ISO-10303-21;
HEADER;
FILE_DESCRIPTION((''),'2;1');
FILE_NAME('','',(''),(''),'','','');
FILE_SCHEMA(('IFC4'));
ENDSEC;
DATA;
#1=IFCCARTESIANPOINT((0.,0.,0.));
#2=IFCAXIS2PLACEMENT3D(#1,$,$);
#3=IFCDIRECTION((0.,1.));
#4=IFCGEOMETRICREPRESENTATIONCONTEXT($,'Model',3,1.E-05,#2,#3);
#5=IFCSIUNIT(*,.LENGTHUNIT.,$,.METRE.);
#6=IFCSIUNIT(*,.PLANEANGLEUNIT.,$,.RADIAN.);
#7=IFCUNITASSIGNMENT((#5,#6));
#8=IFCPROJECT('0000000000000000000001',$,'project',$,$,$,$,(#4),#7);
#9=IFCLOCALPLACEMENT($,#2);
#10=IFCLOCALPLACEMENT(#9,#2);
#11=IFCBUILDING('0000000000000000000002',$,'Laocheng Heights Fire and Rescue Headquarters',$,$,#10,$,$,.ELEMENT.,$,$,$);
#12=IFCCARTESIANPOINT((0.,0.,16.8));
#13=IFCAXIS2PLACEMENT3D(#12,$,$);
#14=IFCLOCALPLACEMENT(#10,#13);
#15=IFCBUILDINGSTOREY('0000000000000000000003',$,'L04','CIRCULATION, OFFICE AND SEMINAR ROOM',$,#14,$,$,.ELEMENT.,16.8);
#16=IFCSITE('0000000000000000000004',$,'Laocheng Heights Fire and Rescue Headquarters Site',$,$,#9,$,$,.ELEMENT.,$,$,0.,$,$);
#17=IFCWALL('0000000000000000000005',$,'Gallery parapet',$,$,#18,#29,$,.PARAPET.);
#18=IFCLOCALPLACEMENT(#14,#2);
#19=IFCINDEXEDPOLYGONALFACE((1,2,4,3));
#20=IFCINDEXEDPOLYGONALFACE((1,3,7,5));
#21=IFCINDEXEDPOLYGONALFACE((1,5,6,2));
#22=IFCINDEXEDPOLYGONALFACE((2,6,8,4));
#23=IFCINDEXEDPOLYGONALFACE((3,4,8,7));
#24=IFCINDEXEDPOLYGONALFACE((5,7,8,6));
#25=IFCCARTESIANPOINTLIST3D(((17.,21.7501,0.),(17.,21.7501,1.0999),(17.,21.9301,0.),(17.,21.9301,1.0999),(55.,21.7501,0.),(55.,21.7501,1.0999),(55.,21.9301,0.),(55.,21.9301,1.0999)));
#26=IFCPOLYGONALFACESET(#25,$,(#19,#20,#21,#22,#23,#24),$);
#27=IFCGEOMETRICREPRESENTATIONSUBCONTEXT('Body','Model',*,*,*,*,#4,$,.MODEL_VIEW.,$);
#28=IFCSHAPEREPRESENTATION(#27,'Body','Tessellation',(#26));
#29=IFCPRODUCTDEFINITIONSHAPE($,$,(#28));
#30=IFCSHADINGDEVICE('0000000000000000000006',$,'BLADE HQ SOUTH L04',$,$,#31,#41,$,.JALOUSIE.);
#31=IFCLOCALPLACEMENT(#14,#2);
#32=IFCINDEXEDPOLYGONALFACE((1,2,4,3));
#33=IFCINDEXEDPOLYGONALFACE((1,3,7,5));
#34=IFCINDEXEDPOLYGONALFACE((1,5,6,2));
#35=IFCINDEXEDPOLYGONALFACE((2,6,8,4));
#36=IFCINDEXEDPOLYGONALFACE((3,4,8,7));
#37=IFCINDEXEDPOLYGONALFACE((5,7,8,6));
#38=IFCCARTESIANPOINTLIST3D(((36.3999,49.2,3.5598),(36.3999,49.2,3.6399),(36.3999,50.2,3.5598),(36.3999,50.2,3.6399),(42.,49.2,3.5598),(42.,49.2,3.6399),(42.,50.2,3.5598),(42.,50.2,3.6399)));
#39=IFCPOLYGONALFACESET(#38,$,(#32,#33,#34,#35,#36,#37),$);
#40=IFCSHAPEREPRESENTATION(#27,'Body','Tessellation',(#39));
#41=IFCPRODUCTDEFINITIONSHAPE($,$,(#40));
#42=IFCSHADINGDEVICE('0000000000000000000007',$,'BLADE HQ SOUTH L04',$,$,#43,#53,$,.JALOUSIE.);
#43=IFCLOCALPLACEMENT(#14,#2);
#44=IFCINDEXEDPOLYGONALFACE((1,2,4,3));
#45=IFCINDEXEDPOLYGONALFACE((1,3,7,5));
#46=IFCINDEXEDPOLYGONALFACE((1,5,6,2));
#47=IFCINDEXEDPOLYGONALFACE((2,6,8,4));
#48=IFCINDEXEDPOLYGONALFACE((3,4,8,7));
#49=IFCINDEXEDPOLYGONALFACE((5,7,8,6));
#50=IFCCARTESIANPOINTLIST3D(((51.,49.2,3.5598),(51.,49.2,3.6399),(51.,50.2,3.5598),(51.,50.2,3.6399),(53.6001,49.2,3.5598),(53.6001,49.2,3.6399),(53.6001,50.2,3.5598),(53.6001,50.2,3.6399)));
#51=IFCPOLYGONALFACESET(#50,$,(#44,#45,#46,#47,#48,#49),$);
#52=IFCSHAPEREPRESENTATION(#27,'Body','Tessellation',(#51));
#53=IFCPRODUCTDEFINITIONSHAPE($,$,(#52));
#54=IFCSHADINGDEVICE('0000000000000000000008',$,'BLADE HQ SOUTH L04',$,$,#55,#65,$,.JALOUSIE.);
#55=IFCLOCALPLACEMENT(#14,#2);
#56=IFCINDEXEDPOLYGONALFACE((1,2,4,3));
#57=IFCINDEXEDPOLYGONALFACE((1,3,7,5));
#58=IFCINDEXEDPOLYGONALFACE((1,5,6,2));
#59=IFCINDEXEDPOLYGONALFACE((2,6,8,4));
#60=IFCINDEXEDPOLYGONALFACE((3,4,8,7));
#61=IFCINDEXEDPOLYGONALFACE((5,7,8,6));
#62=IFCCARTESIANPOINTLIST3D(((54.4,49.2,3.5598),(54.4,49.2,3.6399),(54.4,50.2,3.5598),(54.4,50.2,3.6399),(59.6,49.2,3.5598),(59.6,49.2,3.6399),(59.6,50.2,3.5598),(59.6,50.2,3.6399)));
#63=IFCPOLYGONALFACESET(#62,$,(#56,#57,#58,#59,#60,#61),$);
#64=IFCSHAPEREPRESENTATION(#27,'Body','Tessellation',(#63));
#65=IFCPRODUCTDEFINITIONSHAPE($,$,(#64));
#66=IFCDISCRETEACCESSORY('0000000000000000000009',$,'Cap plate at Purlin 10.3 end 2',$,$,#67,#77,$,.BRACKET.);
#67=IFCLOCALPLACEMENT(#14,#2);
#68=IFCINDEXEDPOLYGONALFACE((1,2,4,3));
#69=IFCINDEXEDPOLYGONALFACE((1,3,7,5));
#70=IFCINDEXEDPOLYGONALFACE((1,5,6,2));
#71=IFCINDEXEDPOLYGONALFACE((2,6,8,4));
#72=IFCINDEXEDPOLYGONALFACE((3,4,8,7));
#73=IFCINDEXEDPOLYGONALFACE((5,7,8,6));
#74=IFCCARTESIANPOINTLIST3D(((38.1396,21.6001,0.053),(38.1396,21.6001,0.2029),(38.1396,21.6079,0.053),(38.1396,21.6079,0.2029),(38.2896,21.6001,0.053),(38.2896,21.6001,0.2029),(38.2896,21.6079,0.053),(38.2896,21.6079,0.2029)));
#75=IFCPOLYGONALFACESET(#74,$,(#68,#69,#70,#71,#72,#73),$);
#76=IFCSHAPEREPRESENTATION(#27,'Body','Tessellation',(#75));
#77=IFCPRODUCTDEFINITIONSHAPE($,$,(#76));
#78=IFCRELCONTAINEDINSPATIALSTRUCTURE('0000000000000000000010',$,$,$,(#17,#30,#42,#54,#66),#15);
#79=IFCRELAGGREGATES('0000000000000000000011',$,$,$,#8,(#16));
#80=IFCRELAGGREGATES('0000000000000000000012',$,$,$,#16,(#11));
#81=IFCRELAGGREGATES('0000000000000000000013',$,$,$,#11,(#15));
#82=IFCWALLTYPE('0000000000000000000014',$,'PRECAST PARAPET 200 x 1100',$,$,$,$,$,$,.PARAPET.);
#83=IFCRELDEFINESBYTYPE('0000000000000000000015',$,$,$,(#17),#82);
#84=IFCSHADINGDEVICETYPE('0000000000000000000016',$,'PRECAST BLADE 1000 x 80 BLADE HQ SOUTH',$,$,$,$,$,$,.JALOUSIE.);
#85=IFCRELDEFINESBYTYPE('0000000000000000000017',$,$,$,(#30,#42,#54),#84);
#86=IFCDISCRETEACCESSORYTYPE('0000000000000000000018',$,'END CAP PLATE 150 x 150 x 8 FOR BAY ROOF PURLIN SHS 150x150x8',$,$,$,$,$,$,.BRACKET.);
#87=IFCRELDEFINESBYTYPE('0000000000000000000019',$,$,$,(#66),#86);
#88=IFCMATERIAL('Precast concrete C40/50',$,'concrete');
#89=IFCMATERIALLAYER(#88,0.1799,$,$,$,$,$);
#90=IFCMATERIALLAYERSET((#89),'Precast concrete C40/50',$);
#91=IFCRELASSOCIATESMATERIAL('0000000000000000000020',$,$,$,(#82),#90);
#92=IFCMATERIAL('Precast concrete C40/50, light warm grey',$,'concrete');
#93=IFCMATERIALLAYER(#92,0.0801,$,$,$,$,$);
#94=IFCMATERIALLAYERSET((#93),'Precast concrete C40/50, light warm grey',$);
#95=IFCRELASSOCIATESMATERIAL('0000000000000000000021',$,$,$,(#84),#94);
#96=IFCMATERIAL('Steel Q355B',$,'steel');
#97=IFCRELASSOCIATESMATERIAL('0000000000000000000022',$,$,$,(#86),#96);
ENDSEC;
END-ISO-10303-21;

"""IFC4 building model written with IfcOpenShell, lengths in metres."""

from ifc_helpers import new_model, si_unit, direction, frame, frame_2d, origin, origin_2d, place, context, subcontext, project, spatial, rectangle, extrude, material, layer, layer_set, material_profile, profile_set, type_object, element, save


model = new_model("IFC4")

# Units and contexts
model_context = context("Model", 3, precision=1e-05, world=origin(), true_north=direction((0.0, 1.0)))
body_context = subcontext(model_context, "Body", "Model", "MODEL_VIEW")
ifc_project = project(units=[si_unit("LENGTHUNIT", "METRE"), si_unit("PLANEANGLEUNIT", "RADIAN")], contexts=[model_context])

# Site, building, storey
site_placement = place(None, origin())
site = spatial("IfcSite", under=ifc_project, at=site_placement, Name="Laocheng Heights Fire and Rescue Headquarters Site", CompositionType="ELEMENT", RefElevation=0.0)
building_placement = place(site_placement, origin())
building = spatial("IfcBuilding", under=site, at=building_placement, Name="Laocheng Heights Fire and Rescue Headquarters", CompositionType="ELEMENT")
storey_placement = place(building_placement, frame((0.0, 0.0, 16.8)))
storey = spatial("IfcBuildingStorey", under=building, at=storey_placement, Name="L04", Description="CIRCULATION, OFFICE AND SEMINAR ROOM", CompositionType="ELEMENT", Elevation=16.8)

# Wall
ifc_material_1 = material(Name="Precast concrete C40/50", Category="concrete")
ifc_layer_1 = layer(ifc_material_1, 0.1799)
ifc_layer_set_1 = layer_set([ifc_layer_1], Name="Precast concrete C40/50")
wall_type = type_object("IfcWallType", Name="PRECAST PARAPET 200 x 1100", PredefinedType="PARAPET", material=ifc_layer_set_1)
wall_1_placement = place(storey_placement, frame((17.0, 21.8401, 0.0), z_axis=(0.0, 0.0, 1.0), x_axis=(1.0, 0.0, 0.0)))
element("IfcWall", 1, at=wall_1_placement, inside=storey, type_object=wall_type, Name="Gallery parapet", PredefinedType="PARAPET", context=body_context, shape_type="SweptSolid", body=[
    extrude(rectangle(XDim=38.0, YDim=0.1799, at=frame_2d((19.0, 0.0))), origin(), (0.0, 0.0, 1.0), 1.0999),
])

# Shading devices
ifc_material_2 = material(Name="Precast concrete C40/50, light warm grey", Category="concrete")
ifc_layer_2 = layer(ifc_material_2, 0.0801)
ifc_layer_set_2 = layer_set([ifc_layer_2], Name="Precast concrete C40/50, light warm grey")
shading_device_type = type_object("IfcShadingDeviceType", Name="PRECAST BLADE 1000 x 80 BLADE HQ SOUTH", PredefinedType="JALOUSIE", material=ifc_layer_set_2)
shading_device_1_placement = place(storey_placement, frame((39.2, 49.7, 3.5598), z_axis=(0.0, 0.0, 1.0), x_axis=(1.0, 0.0, 0.0)))
element("IfcShadingDevice", 2, at=shading_device_1_placement, inside=storey, type_object=shading_device_type, Name="BLADE HQ SOUTH L04", PredefinedType="JALOUSIE", context=body_context, shape_type="SweptSolid", body=[
    extrude(rectangle(XDim=5.6001, YDim=1.0, at=origin_2d()), origin(), (0.0, 0.0, 1.0), 0.0801),
])
shading_device_2_placement = place(storey_placement, frame((52.3, 49.7, 3.5598), z_axis=(0.0, 0.0, 1.0), x_axis=(1.0, 0.0, 0.0)))
element("IfcShadingDevice", 3, at=shading_device_2_placement, inside=storey, type_object=shading_device_type, Name="BLADE HQ SOUTH L04", PredefinedType="JALOUSIE", context=body_context, shape_type="SweptSolid", body=[
    extrude(rectangle(XDim=2.6001, YDim=1.0, at=origin_2d()), origin(), (0.0, 0.0, 1.0), 0.0801),
])
shading_device_3_placement = place(storey_placement, frame((57.0, 49.7, 3.5598), z_axis=(0.0, 0.0, 1.0), x_axis=(1.0, 0.0, 0.0)))
element("IfcShadingDevice", 4, at=shading_device_3_placement, inside=storey, type_object=shading_device_type, Name="BLADE HQ SOUTH L04", PredefinedType="JALOUSIE", context=body_context, shape_type="SweptSolid", body=[
    extrude(rectangle(XDim=5.2, YDim=1.0, at=origin_2d()), origin(), (0.0, 0.0, 1.0), 0.0801),
])

# Discrete accessory
ifc_material_3 = material(Name="Steel Q355B", Category="steel")
ifc_material_profile_1 = material_profile(ifc_material_3, rectangle(XDim=0.1499, YDim=0.1499, at=origin_2d()), Name="END CAP PLATE 150 x 150 x 8 FOR BAY ROOF PURLIN SHS 150x150x8")
ifc_profile_set_1 = profile_set([ifc_material_profile_1], Name="Steel Q355B")
discrete_accessory_type = type_object("IfcDiscreteAccessoryType", Name="END CAP PLATE 150 x 150 x 8 FOR BAY ROOF PURLIN SHS 150x150x8", PredefinedType="BRACKET", material=ifc_profile_set_1)
discrete_accessory_placement = place(storey_placement, frame((38.2146, 21.6001, 0.1279), z_axis=(0.0, 1.0, 0.0), x_axis=(-1.0, 0.0, 0.0)))
element("IfcDiscreteAccessory", 5, at=discrete_accessory_placement, inside=storey, type_object=discrete_accessory_type, Name="Cap plate at Purlin 10.3 end 2", PredefinedType="BRACKET", context=body_context, shape_type="SweptSolid", body=[
    extrude(rectangle(XDim=0.1499, YDim=0.1499, at=origin_2d()), origin(), (0.0, 0.0, 1.0), 0.0078),
])

save(model, "model.ifc")
